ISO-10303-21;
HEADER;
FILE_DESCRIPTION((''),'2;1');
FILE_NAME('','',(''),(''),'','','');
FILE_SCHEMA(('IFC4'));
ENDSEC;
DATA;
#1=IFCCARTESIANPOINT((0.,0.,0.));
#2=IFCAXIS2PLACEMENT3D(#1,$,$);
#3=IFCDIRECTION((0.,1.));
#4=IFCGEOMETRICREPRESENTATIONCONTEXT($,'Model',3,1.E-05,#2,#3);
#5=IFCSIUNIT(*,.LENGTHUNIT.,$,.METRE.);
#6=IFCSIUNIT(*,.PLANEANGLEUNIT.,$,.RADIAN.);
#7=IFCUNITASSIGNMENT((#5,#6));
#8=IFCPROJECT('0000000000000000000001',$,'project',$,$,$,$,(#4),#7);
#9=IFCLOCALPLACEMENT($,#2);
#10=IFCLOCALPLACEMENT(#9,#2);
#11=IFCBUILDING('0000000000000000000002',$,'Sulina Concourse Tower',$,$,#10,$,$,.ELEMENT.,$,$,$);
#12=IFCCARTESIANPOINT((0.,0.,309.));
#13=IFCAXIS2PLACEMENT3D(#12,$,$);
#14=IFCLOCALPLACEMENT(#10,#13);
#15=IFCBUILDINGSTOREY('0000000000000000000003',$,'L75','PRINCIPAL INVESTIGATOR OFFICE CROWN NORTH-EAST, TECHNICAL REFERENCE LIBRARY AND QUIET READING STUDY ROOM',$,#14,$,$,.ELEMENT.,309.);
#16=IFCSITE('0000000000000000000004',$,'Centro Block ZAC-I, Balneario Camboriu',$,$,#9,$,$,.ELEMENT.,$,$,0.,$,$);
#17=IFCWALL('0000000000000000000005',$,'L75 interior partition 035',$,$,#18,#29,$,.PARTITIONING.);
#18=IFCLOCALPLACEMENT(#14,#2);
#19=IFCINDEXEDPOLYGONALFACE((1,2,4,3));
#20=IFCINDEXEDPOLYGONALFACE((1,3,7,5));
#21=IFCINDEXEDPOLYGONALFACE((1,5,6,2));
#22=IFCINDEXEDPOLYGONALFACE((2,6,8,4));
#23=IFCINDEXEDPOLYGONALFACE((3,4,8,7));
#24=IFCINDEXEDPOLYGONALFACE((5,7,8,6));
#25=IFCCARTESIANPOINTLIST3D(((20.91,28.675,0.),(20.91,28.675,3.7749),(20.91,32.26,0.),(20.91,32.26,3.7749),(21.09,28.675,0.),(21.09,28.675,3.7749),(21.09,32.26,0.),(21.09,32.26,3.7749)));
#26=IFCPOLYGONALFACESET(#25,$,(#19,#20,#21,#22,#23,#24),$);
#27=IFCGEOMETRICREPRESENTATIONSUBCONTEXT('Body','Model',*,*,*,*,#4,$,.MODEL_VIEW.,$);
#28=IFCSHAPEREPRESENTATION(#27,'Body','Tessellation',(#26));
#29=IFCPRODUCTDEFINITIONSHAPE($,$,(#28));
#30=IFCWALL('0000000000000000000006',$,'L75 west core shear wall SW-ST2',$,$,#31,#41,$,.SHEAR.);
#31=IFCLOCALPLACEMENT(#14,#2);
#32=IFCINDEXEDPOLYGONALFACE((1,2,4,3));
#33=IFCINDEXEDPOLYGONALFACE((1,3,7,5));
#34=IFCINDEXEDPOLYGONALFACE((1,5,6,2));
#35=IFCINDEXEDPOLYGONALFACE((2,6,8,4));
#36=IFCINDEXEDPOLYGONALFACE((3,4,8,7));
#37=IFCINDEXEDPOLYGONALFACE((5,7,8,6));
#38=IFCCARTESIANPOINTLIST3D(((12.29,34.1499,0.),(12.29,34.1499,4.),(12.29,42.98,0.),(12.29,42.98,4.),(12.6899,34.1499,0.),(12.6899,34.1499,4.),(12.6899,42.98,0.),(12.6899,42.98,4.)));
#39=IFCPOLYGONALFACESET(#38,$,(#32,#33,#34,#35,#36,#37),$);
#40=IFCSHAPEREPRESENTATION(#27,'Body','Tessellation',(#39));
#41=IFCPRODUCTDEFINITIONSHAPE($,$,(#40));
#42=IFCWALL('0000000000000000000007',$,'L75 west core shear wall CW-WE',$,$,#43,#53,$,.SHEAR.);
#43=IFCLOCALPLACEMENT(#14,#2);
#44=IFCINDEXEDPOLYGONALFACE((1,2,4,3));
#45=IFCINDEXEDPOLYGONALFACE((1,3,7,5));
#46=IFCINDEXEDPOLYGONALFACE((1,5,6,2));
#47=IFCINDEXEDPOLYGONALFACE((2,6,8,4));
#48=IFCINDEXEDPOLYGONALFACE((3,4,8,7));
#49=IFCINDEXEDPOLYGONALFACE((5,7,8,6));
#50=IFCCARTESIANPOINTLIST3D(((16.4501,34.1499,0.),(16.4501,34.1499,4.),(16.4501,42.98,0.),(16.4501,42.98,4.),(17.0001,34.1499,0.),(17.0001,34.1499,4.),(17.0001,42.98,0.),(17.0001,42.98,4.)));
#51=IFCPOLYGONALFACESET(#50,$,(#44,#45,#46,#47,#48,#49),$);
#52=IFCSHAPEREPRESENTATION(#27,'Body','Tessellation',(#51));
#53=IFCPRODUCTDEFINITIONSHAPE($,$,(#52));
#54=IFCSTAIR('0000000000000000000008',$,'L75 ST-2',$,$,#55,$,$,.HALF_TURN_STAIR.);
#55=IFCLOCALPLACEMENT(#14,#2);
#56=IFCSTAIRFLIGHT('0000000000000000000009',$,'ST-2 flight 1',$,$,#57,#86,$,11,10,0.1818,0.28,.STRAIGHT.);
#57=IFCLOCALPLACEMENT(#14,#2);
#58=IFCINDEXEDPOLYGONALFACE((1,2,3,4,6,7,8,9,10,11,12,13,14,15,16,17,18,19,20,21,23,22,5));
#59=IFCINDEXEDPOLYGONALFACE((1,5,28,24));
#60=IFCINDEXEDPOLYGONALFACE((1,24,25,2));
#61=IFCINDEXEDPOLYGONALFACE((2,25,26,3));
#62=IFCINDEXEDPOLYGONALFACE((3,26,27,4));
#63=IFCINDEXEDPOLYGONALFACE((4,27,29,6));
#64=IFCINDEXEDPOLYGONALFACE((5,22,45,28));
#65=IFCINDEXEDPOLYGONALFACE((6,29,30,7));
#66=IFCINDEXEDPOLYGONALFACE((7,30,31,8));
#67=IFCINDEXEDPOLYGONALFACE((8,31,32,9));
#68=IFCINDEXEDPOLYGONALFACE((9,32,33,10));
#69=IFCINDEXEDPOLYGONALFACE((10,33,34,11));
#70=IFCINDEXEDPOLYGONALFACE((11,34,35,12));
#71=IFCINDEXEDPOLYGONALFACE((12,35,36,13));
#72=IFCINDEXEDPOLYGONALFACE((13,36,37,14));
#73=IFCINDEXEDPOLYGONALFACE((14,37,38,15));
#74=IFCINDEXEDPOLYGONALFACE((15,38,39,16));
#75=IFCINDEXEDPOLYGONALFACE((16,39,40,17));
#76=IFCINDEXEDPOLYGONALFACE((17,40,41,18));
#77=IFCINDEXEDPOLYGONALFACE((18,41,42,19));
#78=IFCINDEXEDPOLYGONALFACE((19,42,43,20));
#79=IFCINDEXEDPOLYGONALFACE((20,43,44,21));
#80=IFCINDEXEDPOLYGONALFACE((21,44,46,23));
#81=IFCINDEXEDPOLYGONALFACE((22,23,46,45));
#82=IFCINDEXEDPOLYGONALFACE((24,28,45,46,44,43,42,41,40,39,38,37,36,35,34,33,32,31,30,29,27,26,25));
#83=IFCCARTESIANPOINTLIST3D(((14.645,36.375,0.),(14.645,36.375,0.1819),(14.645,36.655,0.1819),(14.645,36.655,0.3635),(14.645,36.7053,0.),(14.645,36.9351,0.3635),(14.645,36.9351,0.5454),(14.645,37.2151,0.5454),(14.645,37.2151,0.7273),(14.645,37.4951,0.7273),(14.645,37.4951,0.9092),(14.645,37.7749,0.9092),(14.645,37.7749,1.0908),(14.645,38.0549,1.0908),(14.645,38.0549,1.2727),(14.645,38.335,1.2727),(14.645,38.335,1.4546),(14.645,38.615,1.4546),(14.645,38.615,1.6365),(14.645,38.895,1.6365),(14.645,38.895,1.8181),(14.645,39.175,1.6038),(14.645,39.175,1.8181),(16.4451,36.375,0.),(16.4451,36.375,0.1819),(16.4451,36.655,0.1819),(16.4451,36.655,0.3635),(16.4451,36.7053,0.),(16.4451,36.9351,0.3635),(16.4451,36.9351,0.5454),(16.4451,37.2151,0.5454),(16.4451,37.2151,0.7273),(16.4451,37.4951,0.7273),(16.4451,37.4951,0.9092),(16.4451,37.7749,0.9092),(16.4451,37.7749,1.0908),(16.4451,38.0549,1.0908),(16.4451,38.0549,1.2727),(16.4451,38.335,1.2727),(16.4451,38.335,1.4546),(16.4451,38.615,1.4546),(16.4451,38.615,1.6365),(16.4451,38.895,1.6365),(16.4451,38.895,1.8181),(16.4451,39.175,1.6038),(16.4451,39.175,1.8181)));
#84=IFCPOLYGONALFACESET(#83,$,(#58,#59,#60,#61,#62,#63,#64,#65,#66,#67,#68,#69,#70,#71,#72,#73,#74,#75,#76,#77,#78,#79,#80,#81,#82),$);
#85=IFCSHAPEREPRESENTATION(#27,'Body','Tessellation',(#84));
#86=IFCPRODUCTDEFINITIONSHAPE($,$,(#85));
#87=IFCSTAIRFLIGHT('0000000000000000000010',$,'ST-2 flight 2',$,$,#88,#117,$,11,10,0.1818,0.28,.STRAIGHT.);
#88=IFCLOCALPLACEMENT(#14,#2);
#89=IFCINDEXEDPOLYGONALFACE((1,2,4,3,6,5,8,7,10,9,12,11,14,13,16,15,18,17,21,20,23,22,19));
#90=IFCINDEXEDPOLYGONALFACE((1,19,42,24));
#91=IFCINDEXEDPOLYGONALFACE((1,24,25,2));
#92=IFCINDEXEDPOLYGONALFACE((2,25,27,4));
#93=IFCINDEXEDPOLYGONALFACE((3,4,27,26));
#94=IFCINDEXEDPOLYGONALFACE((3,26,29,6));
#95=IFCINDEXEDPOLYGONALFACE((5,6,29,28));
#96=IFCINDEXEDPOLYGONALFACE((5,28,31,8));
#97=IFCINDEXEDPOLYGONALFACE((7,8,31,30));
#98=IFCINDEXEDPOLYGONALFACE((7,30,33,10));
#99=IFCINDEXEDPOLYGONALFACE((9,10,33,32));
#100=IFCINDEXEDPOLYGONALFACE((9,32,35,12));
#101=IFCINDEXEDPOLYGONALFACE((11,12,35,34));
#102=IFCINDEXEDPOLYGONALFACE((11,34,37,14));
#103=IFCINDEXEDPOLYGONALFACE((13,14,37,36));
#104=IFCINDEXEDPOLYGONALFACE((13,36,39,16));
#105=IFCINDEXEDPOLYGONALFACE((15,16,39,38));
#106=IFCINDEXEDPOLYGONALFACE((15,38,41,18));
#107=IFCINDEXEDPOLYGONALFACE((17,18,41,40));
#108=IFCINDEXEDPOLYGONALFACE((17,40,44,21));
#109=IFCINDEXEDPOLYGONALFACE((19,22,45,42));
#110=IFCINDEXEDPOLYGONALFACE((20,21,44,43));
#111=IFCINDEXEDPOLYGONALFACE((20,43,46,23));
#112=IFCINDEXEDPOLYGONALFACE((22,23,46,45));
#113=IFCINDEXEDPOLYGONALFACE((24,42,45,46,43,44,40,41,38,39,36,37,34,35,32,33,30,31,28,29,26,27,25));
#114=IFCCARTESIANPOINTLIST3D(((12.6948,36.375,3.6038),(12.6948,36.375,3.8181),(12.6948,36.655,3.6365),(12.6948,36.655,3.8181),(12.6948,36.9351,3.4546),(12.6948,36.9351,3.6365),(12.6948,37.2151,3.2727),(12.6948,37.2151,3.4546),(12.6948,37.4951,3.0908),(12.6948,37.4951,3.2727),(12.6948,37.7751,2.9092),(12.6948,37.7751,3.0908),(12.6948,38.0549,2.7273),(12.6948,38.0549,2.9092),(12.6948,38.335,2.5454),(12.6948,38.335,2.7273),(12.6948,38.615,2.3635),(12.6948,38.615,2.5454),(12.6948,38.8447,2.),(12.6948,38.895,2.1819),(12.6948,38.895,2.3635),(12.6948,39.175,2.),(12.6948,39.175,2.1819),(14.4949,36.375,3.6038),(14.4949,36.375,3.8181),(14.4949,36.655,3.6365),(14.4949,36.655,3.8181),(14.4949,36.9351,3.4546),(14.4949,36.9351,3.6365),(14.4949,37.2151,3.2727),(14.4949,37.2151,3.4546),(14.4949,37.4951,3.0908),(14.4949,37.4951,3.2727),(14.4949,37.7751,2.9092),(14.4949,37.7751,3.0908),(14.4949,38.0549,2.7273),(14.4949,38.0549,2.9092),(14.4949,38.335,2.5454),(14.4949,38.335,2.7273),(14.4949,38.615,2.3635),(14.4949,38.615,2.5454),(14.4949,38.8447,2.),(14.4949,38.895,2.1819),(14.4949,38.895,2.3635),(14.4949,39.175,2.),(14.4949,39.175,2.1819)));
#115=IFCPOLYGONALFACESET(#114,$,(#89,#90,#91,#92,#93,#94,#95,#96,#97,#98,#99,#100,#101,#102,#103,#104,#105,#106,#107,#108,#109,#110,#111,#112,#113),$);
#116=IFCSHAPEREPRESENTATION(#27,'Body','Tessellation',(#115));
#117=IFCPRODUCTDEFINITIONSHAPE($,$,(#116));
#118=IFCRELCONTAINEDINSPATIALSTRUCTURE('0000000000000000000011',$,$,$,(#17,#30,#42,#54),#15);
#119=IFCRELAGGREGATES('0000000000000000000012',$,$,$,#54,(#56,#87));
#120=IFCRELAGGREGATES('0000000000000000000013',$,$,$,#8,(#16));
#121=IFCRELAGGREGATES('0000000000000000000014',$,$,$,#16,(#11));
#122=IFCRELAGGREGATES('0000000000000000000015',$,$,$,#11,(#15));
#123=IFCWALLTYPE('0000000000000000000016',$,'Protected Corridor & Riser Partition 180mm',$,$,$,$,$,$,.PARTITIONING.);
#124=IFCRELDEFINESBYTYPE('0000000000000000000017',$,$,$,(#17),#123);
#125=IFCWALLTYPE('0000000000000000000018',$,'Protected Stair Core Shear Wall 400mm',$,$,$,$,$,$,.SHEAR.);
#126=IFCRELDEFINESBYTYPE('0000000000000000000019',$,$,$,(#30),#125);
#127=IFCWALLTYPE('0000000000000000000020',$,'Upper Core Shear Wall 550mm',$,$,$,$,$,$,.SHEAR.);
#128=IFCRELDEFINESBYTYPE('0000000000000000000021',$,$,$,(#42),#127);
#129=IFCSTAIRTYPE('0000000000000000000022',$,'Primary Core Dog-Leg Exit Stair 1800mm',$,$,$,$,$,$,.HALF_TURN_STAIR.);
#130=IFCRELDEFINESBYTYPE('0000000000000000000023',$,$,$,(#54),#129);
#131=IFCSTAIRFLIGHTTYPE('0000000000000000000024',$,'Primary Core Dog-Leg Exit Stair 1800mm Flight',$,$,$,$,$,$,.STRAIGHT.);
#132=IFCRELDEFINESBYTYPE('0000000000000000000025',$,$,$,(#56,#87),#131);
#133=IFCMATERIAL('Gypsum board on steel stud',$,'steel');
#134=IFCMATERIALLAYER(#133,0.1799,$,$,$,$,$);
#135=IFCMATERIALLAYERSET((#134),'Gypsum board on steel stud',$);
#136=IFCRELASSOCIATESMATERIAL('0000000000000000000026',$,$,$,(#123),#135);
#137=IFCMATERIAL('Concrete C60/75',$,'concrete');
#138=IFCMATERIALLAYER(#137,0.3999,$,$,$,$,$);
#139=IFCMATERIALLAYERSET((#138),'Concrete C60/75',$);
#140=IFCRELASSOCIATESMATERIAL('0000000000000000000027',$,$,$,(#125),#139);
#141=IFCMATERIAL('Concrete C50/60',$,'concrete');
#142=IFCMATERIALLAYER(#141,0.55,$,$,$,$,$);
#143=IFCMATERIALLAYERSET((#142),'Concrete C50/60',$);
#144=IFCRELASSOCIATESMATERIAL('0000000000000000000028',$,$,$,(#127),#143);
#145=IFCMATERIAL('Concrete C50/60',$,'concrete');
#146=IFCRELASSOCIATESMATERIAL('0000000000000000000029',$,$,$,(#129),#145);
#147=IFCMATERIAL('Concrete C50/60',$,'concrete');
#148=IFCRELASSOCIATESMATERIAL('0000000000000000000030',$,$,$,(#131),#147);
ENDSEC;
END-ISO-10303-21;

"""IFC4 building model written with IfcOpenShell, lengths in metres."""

from ifc_helpers import new_model, si_unit, direction, frame, frame_2d, origin, place, context, subcontext, project, spatial, polyline, rectangle, outline, extrude, material, layer, layer_set, type_object, element, aggregate, save


model = new_model("IFC4")

# Units and contexts
model_context = context("Model", 3, precision=1e-05, world=origin(), true_north=direction((0.0, 1.0)))
body_context = subcontext(model_context, "Body", "Model", "MODEL_VIEW")
ifc_project = project(units=[si_unit("LENGTHUNIT", "METRE"), si_unit("PLANEANGLEUNIT", "RADIAN")], contexts=[model_context])

# Site, building, storey
site_placement = place(None, origin())
site = spatial("IfcSite", under=ifc_project, at=site_placement, Name="Centro Block ZAC-I, Balneario Camboriu", CompositionType="ELEMENT", RefElevation=0.0)
building_placement = place(site_placement, origin())
building = spatial("IfcBuilding", under=site, at=building_placement, Name="Sulina Concourse Tower", CompositionType="ELEMENT")
storey_placement = place(building_placement, frame((0.0, 0.0, 309.0)))
storey = spatial("IfcBuildingStorey", under=building, at=storey_placement, Name="L75", Description="PRINCIPAL INVESTIGATOR OFFICE CROWN NORTH-EAST, TECHNICAL REFERENCE LIBRARY AND QUIET READING STUDY ROOM", CompositionType="ELEMENT", Elevation=309.0)

# Shared definitions
ifc_material_1 = material(Name="Gypsum board on steel stud", Category="steel")
ifc_layer_1 = layer(ifc_material_1, 0.1799)
ifc_layer_set_1 = layer_set([ifc_layer_1], Name="Gypsum board on steel stud")
wall_type_1 = type_object("IfcWallType", Name="Protected Corridor & Riser Partition 180mm", PredefinedType="PARTITIONING", material=ifc_layer_set_1)

# Walls
wall_1_placement = place(storey_placement, frame((21.0, 28.675, 0.0), z_axis=(0.0, 0.0, 1.0), x_axis=(0.0, 1.0, 0.0)))
element("IfcWall", 1, at=wall_1_placement, inside=storey, type_object=wall_type_1, Name="L75 interior partition 035", PredefinedType="PARTITIONING", context=body_context, shape_type="SweptSolid", body=[
    extrude(rectangle(XDim=3.585, YDim=0.1799, at=frame_2d((1.7925, 0.0))), origin(), (0.0, 0.0, 1.0), 3.7749),
])
ifc_material_2 = material(Name="Concrete C60/75", Category="concrete")
ifc_layer_2 = layer(ifc_material_2, 0.3999)
ifc_layer_set_2 = layer_set([ifc_layer_2], Name="Concrete C60/75")
wall_type_2 = type_object("IfcWallType", Name="Protected Stair Core Shear Wall 400mm", PredefinedType="SHEAR", material=ifc_layer_set_2)
wall_2_placement = place(storey_placement, frame((12.49, 34.1499, 0.0), z_axis=(0.0, 0.0, 1.0), x_axis=(0.0, 1.0, 0.0)))
element("IfcWall", 2, at=wall_2_placement, inside=storey, type_object=wall_type_2, Name="L75 west core shear wall SW-ST2", PredefinedType="SHEAR", context=body_context, shape_type="SweptSolid", body=[
    extrude(rectangle(XDim=8.8301, YDim=0.3999, at=frame_2d((4.415, 0.0))), origin(), (0.0, 0.0, 1.0), 4.0),
])
ifc_material_3 = material(Name="Concrete C50/60", Category="concrete")
ifc_layer_3 = layer(ifc_material_3, 0.55)
ifc_layer_set_3 = layer_set([ifc_layer_3], Name="Concrete C50/60")
wall_type_3 = type_object("IfcWallType", Name="Upper Core Shear Wall 550mm", PredefinedType="SHEAR", material=ifc_layer_set_3)
wall_3_placement = place(storey_placement, frame((16.7251, 34.1499, 0.0), z_axis=(0.0, 0.0, 1.0), x_axis=(0.0, 1.0, 0.0)))
element("IfcWall", 3, at=wall_3_placement, inside=storey, type_object=wall_type_3, Name="L75 west core shear wall CW-WE", PredefinedType="SHEAR", context=body_context, shape_type="SweptSolid", body=[
    extrude(rectangle(XDim=8.8301, YDim=0.55, at=frame_2d((4.415, 0.0))), origin(), (0.0, 0.0, 1.0), 4.0),
])

# Stair, stair flights
ifc_material_4 = material(Name="Concrete C50/60", Category="concrete")
stair_type = type_object("IfcStairType", Name="Primary Core Dog-Leg Exit Stair 1800mm", PredefinedType="HALF_TURN_STAIR", material=ifc_material_4)
stair_placement = place(storey_placement, origin())
stair = element("IfcStair", 4, at=stair_placement, inside=storey, type_object=stair_type, Name="L75 ST-2", PredefinedType="HALF_TURN_STAIR")
ifc_material_5 = material(Name="Concrete C50/60", Category="concrete")
stair_flight_type = type_object("IfcStairFlightType", Name="Primary Core Dog-Leg Exit Stair 1800mm Flight", PredefinedType="STRAIGHT", material=ifc_material_5)
stair_flight_1_placement = place(storey_placement, frame((15.5449, 36.375, 0.0), z_axis=(0.0, 0.0, 1.0), x_axis=(0.0, 1.0, 0.0)))
stair_flight_1 = element("IfcStairFlight", 5, at=stair_flight_1_placement, type_object=stair_flight_type, Name="ST-2 flight 1", NumberOfRisers=11, NumberOfTreads=10, PredefinedType="STRAIGHT", RiserHeight=0.1818, TreadLength=0.28, context=body_context, shape_type="SweptSolid", body=[
    extrude(outline(polyline([(0.0, 0.0), (0.0, 0.1819), (0.28, 0.1819), (0.28, 0.3635), (0.5601, 0.3635), (0.5601, 0.5454), (0.8401, 0.5454), (0.8401, 0.7273), (1.1201, 0.7273), (1.1201, 0.9092), (1.3999, 0.9092), (1.3999, 1.0908), (1.6799, 1.0908), (1.6799, 1.2727), (1.96, 1.2727), (1.96, 1.4546), (2.24, 1.4546), (2.24, 1.6365), (2.52, 1.6365), (2.52, 1.8181), (2.8, 1.8181), (2.8, 2.0), (2.8, 1.6038), (0.3303, 0.0), (0.0, 0.0)])), frame((0.0, 0.8999, 0.0), z_axis=(0.0, -1.0, 0.0), x_axis=(1.0, 0.0, 0.0)), (0.0, 0.0, 1.0), 1.8),
])
stair_flight_2_placement = place(storey_placement, frame((13.595, 39.175, 2.0), z_axis=(0.0, 0.0, 1.0), x_axis=(0.0, -1.0, 0.0)))
stair_flight_2 = element("IfcStairFlight", 6, at=stair_flight_2_placement, type_object=stair_flight_type, Name="ST-2 flight 2", NumberOfRisers=11, NumberOfTreads=10, PredefinedType="STRAIGHT", RiserHeight=0.1818, TreadLength=0.28, context=body_context, shape_type="SweptSolid", body=[
    extrude(outline(polyline([(0.0, 0.0), (0.0, 0.1819), (0.28, 0.1819), (0.28, 0.3635), (0.5601, 0.3635), (0.5601, 0.5454), (0.8401, 0.5454), (0.8401, 0.7273), (1.1201, 0.7273), (1.1201, 0.9092), (1.3999, 0.9092), (1.3999, 1.0908), (1.6799, 1.0908), (1.6799, 1.2727), (1.96, 1.2727), (1.96, 1.4546), (2.24, 1.4546), (2.24, 1.6365), (2.52, 1.6365), (2.52, 1.8181), (2.8, 1.8181), (2.8, 2.0), (2.8, 1.6038), (0.3303, 0.0), (0.0, 0.0)])), frame((0.0, 0.8999, 0.0), z_axis=(0.0, -1.0, 0.0), x_axis=(1.0, 0.0, 0.0)), (0.0, 0.0, 1.0), 1.8),
])
aggregate(stair, [stair_flight_1, stair_flight_2])

save(model, "model.ifc")
